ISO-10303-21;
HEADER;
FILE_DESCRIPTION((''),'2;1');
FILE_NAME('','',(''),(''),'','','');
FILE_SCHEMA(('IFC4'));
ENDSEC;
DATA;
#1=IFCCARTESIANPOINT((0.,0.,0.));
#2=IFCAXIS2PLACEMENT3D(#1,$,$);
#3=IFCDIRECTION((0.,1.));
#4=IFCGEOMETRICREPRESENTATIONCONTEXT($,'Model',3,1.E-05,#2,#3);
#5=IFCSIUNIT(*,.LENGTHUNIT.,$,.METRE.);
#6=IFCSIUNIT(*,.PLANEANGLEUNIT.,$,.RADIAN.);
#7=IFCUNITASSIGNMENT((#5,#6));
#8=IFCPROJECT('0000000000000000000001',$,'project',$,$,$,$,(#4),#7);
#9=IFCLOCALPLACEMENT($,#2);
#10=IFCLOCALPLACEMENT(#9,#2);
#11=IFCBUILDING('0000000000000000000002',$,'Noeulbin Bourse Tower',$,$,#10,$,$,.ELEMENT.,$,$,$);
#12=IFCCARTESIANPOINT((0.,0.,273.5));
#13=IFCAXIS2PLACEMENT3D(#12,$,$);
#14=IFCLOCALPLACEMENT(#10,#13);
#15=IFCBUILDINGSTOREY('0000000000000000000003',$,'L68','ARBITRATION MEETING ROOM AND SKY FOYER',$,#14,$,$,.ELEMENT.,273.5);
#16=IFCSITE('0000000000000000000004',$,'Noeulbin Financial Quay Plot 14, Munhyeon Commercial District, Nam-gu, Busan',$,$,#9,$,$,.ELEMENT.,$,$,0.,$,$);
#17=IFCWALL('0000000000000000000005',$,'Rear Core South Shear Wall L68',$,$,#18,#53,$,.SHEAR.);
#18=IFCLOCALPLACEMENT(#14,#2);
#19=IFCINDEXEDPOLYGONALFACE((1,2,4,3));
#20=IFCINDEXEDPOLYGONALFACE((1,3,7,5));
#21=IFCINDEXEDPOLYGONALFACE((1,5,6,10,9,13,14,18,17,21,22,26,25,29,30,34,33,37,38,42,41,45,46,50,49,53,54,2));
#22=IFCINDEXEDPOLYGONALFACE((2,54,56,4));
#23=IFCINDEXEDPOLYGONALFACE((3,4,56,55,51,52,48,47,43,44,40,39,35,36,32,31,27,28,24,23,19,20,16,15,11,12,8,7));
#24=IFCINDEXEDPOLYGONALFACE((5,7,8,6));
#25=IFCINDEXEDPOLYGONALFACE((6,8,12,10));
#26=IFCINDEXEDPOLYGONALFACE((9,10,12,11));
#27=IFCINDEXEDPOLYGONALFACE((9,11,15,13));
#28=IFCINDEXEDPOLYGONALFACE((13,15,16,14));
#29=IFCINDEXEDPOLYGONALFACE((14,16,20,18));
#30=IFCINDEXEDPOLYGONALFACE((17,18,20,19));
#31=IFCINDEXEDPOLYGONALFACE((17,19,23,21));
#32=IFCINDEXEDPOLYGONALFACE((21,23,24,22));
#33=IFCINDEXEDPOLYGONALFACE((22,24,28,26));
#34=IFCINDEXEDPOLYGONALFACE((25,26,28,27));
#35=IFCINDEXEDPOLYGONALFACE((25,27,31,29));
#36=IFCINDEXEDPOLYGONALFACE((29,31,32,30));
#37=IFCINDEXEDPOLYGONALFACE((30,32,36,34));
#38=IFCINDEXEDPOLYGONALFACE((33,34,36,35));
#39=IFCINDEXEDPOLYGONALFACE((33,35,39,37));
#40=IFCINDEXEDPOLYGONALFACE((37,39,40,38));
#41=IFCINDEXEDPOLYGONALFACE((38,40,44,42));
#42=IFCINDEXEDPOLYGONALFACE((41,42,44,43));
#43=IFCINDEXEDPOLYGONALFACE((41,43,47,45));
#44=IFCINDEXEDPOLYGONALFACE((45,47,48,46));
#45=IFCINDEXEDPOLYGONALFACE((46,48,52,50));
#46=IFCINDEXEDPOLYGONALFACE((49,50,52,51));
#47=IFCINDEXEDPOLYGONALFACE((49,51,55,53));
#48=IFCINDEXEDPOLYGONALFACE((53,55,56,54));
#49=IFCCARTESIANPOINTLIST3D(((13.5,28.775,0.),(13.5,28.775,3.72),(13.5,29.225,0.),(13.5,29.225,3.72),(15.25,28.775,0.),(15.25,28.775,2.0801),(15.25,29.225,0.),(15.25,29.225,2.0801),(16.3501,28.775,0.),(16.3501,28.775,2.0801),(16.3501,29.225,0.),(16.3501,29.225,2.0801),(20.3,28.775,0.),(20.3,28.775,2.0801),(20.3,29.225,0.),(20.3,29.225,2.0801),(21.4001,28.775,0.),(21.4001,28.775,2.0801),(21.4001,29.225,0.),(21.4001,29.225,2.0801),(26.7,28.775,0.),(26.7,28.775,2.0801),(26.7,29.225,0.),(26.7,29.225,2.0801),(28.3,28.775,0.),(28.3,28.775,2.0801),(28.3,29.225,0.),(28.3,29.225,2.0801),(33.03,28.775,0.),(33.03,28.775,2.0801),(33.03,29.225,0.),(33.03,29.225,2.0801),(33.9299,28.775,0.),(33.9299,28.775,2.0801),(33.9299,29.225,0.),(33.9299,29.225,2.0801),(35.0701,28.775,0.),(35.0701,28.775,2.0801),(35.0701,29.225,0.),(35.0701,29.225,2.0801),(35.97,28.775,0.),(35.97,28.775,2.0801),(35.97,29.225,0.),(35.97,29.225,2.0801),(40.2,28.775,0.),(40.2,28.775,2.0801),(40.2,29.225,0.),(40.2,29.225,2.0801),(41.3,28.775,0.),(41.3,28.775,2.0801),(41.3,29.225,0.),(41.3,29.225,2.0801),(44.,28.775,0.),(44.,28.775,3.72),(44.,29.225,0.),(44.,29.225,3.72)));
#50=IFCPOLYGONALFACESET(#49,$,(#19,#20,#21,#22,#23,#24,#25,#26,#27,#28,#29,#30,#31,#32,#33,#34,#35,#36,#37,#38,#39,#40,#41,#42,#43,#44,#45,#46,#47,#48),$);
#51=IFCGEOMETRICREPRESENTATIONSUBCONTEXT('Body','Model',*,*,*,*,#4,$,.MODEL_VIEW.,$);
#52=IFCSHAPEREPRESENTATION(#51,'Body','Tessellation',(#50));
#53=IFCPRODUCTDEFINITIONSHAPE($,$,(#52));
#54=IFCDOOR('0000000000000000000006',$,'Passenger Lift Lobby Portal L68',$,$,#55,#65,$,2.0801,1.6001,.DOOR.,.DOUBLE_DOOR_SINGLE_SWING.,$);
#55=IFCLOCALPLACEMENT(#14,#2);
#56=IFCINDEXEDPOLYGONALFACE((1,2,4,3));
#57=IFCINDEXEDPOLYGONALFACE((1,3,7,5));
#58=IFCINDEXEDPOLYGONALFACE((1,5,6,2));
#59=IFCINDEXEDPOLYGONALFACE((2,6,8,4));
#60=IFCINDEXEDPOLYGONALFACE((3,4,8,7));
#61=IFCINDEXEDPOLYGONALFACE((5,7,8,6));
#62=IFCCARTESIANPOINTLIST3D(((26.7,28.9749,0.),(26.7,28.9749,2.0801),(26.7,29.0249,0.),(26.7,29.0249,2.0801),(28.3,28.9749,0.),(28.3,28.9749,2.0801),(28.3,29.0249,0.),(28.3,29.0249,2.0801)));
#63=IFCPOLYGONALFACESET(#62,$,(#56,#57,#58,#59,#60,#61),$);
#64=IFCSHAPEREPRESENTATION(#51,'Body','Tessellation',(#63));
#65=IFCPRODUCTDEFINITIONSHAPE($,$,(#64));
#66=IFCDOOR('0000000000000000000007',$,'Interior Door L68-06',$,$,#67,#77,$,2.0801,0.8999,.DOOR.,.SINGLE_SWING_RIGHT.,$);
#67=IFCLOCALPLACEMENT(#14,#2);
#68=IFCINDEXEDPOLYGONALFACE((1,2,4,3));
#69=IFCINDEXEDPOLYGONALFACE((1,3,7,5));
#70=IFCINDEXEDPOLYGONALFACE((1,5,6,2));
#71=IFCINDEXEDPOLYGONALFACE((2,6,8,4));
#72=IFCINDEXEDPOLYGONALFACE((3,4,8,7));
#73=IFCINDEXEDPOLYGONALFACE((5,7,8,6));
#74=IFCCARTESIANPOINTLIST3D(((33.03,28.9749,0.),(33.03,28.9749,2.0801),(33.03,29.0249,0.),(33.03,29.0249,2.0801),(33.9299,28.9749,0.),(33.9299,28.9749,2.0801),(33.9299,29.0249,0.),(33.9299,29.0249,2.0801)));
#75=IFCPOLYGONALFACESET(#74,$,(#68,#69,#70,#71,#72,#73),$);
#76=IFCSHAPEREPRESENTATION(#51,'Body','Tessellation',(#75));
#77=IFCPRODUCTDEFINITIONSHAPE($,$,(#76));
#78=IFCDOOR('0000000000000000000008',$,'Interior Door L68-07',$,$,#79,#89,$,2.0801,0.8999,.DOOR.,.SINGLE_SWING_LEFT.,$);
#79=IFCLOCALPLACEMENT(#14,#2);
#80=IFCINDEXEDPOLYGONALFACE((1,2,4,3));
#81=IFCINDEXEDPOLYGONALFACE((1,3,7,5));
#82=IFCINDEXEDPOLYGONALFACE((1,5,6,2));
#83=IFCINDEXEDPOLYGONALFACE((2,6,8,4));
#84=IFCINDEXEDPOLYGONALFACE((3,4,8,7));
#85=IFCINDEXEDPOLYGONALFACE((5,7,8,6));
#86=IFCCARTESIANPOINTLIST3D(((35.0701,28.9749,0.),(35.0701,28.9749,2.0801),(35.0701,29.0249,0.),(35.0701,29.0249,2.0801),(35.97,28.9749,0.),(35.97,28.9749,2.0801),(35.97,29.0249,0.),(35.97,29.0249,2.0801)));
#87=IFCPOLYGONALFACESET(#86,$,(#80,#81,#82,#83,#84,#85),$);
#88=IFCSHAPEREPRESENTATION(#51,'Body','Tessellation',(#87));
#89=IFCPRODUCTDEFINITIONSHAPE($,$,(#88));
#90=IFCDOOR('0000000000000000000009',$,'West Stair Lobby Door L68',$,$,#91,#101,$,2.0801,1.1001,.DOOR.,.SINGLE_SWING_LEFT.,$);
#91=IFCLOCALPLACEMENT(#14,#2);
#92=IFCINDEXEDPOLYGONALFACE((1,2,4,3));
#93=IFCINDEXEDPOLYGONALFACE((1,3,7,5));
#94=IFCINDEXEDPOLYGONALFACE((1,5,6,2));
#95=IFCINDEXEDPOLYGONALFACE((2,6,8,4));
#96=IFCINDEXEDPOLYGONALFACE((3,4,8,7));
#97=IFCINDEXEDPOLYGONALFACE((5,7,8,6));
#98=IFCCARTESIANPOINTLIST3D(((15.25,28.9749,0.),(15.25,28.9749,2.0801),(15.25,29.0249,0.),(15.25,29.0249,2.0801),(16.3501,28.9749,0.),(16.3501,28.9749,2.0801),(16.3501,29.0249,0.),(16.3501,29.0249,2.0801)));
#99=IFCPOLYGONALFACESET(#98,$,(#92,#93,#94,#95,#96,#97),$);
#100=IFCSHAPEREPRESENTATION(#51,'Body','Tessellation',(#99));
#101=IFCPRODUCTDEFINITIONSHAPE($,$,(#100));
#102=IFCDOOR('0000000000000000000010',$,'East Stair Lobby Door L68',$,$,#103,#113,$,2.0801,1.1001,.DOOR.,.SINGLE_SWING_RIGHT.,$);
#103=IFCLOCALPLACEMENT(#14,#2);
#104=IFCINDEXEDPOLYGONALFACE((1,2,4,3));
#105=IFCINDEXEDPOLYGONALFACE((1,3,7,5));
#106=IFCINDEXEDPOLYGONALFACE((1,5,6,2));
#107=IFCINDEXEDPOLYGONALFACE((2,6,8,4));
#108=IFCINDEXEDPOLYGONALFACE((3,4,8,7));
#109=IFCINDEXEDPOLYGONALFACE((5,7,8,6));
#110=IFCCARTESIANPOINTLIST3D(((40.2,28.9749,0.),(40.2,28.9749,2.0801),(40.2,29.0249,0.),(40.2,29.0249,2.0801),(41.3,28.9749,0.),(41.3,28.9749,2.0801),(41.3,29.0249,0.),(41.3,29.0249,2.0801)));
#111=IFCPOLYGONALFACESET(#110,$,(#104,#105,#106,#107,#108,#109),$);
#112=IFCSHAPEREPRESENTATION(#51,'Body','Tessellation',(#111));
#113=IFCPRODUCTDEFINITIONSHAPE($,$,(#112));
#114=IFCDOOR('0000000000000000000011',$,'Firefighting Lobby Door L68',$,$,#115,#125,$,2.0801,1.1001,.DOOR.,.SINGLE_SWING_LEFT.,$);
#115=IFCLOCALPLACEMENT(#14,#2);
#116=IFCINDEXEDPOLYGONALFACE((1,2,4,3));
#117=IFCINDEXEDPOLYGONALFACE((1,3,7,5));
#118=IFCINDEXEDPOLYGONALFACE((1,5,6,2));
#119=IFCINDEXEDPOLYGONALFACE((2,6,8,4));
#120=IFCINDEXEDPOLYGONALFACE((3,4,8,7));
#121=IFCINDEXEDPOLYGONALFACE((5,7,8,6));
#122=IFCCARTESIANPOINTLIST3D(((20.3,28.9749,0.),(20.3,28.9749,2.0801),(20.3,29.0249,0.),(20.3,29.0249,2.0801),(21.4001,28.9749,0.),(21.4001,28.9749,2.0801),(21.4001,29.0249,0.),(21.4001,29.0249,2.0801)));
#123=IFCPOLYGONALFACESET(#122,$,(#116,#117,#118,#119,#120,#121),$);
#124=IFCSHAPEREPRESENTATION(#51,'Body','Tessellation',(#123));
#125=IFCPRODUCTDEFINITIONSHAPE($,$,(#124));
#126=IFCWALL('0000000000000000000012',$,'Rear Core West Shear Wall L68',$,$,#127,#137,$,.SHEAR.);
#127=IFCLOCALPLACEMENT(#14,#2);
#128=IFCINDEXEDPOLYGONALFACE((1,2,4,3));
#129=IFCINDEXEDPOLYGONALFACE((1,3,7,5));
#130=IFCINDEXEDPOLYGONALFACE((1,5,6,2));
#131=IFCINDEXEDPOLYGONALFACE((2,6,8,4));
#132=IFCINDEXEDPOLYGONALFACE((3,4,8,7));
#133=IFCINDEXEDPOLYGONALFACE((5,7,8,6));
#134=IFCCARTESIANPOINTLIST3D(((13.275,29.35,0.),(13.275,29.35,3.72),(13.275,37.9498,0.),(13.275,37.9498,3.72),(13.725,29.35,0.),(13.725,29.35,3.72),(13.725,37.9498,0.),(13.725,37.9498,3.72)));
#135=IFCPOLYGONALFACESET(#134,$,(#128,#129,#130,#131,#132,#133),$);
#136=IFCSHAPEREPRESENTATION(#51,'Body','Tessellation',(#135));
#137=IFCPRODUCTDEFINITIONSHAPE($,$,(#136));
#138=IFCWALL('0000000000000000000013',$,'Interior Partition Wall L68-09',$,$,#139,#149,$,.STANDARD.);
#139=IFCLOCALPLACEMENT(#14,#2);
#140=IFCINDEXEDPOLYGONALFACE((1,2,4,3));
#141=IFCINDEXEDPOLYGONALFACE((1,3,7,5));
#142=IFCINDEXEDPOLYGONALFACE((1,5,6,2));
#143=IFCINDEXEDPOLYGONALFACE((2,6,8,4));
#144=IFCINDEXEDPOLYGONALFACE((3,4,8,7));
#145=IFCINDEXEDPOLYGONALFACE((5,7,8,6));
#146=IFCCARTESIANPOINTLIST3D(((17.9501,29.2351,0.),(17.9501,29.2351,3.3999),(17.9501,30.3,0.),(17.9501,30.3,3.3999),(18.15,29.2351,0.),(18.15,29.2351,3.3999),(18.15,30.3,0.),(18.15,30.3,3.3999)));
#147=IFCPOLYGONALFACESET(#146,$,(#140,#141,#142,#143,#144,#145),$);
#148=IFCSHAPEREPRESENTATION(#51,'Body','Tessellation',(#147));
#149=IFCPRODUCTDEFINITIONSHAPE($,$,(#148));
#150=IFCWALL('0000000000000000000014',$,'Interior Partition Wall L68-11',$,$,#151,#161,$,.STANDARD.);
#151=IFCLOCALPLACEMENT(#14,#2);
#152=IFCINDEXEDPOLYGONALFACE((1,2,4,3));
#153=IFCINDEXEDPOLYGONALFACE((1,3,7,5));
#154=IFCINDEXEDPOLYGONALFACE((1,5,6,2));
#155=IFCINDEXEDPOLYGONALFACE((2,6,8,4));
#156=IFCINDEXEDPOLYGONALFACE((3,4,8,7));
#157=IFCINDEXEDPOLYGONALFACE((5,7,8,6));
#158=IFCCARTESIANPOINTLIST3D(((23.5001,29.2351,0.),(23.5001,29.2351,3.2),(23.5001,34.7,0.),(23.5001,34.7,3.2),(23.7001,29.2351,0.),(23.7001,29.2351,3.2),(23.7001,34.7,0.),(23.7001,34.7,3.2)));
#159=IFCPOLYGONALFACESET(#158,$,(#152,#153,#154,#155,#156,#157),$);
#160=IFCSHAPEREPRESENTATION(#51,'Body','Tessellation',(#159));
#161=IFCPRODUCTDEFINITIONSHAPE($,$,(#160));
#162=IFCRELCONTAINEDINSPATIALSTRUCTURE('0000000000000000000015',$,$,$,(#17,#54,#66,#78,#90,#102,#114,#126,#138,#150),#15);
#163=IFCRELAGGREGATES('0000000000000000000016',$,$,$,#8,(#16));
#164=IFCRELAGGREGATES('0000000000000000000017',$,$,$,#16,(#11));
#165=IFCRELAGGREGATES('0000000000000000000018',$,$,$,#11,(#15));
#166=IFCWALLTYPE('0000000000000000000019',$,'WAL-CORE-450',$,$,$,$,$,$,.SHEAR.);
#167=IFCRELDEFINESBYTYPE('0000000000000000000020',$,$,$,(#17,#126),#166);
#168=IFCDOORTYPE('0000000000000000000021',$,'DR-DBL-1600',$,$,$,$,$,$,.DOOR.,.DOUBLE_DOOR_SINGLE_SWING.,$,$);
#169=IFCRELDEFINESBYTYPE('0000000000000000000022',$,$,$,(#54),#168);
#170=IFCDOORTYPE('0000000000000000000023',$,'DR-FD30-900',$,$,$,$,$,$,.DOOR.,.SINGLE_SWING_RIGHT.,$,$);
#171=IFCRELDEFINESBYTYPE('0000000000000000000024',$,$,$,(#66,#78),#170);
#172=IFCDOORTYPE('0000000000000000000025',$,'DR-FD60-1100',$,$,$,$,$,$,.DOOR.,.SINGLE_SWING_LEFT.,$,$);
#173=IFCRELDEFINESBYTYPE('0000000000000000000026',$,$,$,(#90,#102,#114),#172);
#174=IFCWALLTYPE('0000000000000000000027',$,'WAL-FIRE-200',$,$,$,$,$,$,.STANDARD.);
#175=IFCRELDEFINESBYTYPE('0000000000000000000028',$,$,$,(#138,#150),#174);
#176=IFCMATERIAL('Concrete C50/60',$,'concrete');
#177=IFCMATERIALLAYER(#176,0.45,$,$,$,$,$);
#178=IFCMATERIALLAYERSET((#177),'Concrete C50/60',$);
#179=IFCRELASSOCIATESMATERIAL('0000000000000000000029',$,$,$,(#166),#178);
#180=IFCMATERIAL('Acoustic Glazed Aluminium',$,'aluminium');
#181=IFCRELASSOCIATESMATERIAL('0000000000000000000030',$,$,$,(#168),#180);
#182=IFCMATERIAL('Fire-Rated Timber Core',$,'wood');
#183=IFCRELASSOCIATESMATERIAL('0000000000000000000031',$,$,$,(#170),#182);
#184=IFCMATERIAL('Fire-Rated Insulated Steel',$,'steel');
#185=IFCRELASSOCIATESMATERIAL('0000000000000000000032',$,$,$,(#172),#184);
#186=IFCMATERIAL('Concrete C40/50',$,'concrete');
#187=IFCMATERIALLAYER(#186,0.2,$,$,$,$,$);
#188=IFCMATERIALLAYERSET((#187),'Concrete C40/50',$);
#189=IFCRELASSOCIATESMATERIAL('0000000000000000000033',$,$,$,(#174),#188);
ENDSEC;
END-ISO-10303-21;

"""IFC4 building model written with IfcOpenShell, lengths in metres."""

from ifc_helpers import new_model, si_unit, direction, frame, frame_2d, origin, place, context, subcontext, project, spatial, rectangle, extrude, material, layer, layer_set, type_object, element, fill, save


model = new_model("IFC4")

# Units and contexts
model_context = context("Model", 3, precision=1e-05, world=origin(), true_north=direction((0.0, 1.0)))
body_context = subcontext(model_context, "Body", "Model", "MODEL_VIEW")
ifc_project = project(units=[si_unit("LENGTHUNIT", "METRE"), si_unit("PLANEANGLEUNIT", "RADIAN")], contexts=[model_context])

# Site, building, storey
site_placement = place(None, origin())
site = spatial("IfcSite", under=ifc_project, at=site_placement, Name="Noeulbin Financial Quay Plot 14, Munhyeon Commercial District, Nam-gu, Busan", CompositionType="ELEMENT", RefElevation=0.0)
building_placement = place(site_placement, origin())
building = spatial("IfcBuilding", under=site, at=building_placement, Name="Noeulbin Bourse Tower", CompositionType="ELEMENT")
storey_placement = place(building_placement, frame((0.0, 0.0, 273.5)))
storey = spatial("IfcBuildingStorey", under=building, at=storey_placement, Name="L68", Description="ARBITRATION MEETING ROOM AND SKY FOYER", CompositionType="ELEMENT", Elevation=273.5)

# Wall, openings, doors
ifc_material_1 = material(Name="Concrete C50/60", Category="concrete")
ifc_layer_1 = layer(ifc_material_1, 0.45)
ifc_layer_set_1 = layer_set([ifc_layer_1], Name="Concrete C50/60")
wall_type_1 = type_object("IfcWallType", Name="WAL-CORE-450", PredefinedType="SHEAR", material=ifc_layer_set_1)
wall_1_placement = place(storey_placement, frame((13.5, 29.0, 0.0), z_axis=(0.0, 0.0, 1.0), x_axis=(1.0, 0.0, 0.0)))
wall_1 = element("IfcWall", 1, at=wall_1_placement, inside=storey, type_object=wall_type_1, Name="Rear Core South Shear Wall L68", PredefinedType="SHEAR", context=body_context, shape_type="SweptSolid", body=[
    extrude(rectangle(XDim=30.5, YDim=0.45, at=frame_2d((15.25, 0.0))), origin(), (0.0, 0.0, 1.0), 3.72),
])
opening_1_placement = place(wall_1_placement, frame((1.75, 0.0, 0.0)))
opening_1 = element("IfcOpeningElement", 2, at=opening_1_placement, cuts=wall_1, PredefinedType="OPENING", context=body_context, shape_type="SweptSolid", body=[
    extrude(rectangle(XDim=1.1001, YDim=2.0801, at=frame_2d((0.55, 1.04))), frame((0.0, 0.2349, 0.0), z_axis=(0.0, -1.0, 0.0), x_axis=(1.0, 0.0, 0.0)), (0.0, 0.0, 1.0), 0.47),
])
opening_2_placement = place(wall_1_placement, frame((26.7, 0.0, 0.0)))
opening_2 = element("IfcOpeningElement", 3, at=opening_2_placement, cuts=wall_1, PredefinedType="OPENING", context=body_context, shape_type="SweptSolid", body=[
    extrude(rectangle(XDim=1.1001, YDim=2.0801, at=frame_2d((0.55, 1.04))), frame((0.0, 0.2349, 0.0), z_axis=(0.0, -1.0, 0.0), x_axis=(1.0, 0.0, 0.0)), (0.0, 0.0, 1.0), 0.47),
])
opening_3_placement = place(wall_1_placement, frame((6.8, 0.0, 0.0)))
opening_3 = element("IfcOpeningElement", 4, at=opening_3_placement, cuts=wall_1, PredefinedType="OPENING", context=body_context, shape_type="SweptSolid", body=[
    extrude(rectangle(XDim=1.1001, YDim=2.0801, at=frame_2d((0.55, 1.04))), frame((0.0, 0.2349, 0.0), z_axis=(0.0, -1.0, 0.0), x_axis=(1.0, 0.0, 0.0)), (0.0, 0.0, 1.0), 0.47),
])
opening_4_placement = place(wall_1_placement, frame((13.2, 0.0, 0.0)))
opening_4 = element("IfcOpeningElement", 5, at=opening_4_placement, cuts=wall_1, PredefinedType="OPENING", context=body_context, shape_type="SweptSolid", body=[
    extrude(rectangle(XDim=1.6001, YDim=2.0801, at=frame_2d((0.8, 1.04))), frame((0.0, 0.2349, 0.0), z_axis=(0.0, -1.0, 0.0), x_axis=(1.0, 0.0, 0.0)), (0.0, 0.0, 1.0), 0.47),
])
opening_5_placement = place(wall_1_placement, frame((19.53, 0.0, 0.0)))
opening_5 = element("IfcOpeningElement", 6, at=opening_5_placement, cuts=wall_1, PredefinedType="OPENING", context=body_context, shape_type="SweptSolid", body=[
    extrude(rectangle(XDim=0.8999, YDim=2.0801, at=frame_2d((0.45, 1.04))), frame((0.0, 0.2349, 0.0), z_axis=(0.0, -1.0, 0.0), x_axis=(1.0, 0.0, 0.0)), (0.0, 0.0, 1.0), 0.47),
])
opening_6_placement = place(wall_1_placement, frame((21.5701, 0.0, 0.0)))
opening_6 = element("IfcOpeningElement", 7, at=opening_6_placement, cuts=wall_1, PredefinedType="OPENING", context=body_context, shape_type="SweptSolid", body=[
    extrude(rectangle(XDim=0.8999, YDim=2.0801, at=frame_2d((0.45, 1.04))), frame((0.0, 0.2349, 0.0), z_axis=(0.0, -1.0, 0.0), x_axis=(1.0, 0.0, 0.0)), (0.0, 0.0, 1.0), 0.47),
])
ifc_material_2 = material(Name="Acoustic Glazed Aluminium", Category="aluminium")
door_type_1 = type_object("IfcDoorType", Name="DR-DBL-1600", OperationType="DOUBLE_DOOR_SINGLE_SWING", PredefinedType="DOOR", material=ifc_material_2)
door_1_placement = place(opening_4_placement, origin())
door_1 = element("IfcDoor", 8, at=door_1_placement, inside=storey, type_object=door_type_1, Name="Passenger Lift Lobby Portal L68", OperationType="DOUBLE_DOOR_SINGLE_SWING", OverallHeight=2.0801, OverallWidth=1.6001, PredefinedType="DOOR", context=body_context, shape_type="SweptSolid", body=[
    extrude(rectangle(XDim=1.6001, YDim=2.0801, at=frame_2d((0.8, 1.04))), frame((0.0, 0.0249, 0.0), z_axis=(0.0, -1.0, 0.0), x_axis=(1.0, 0.0, 0.0)), (0.0, 0.0, 1.0), 0.05),
])
fill(opening_4, door_1)
ifc_material_3 = material(Name="Fire-Rated Timber Core", Category="wood")
door_type_2 = type_object("IfcDoorType", Name="DR-FD30-900", OperationType="SINGLE_SWING_RIGHT", PredefinedType="DOOR", material=ifc_material_3)
door_2_placement = place(opening_5_placement, origin())
door_2 = element("IfcDoor", 9, at=door_2_placement, inside=storey, type_object=door_type_2, Name="Interior Door L68-06", OperationType="SINGLE_SWING_RIGHT", OverallHeight=2.0801, OverallWidth=0.8999, PredefinedType="DOOR", context=body_context, shape_type="SweptSolid", body=[
    extrude(rectangle(XDim=0.8999, YDim=2.0801, at=frame_2d((0.45, 1.04))), frame((0.0, 0.0249, 0.0), z_axis=(0.0, -1.0, 0.0), x_axis=(1.0, 0.0, 0.0)), (0.0, 0.0, 1.0), 0.05),
])
fill(opening_5, door_2)
door_3_placement = place(opening_6_placement, origin())
door_3 = element("IfcDoor", 10, at=door_3_placement, inside=storey, type_object=door_type_2, Name="Interior Door L68-07", OperationType="SINGLE_SWING_LEFT", OverallHeight=2.0801, OverallWidth=0.8999, PredefinedType="DOOR", context=body_context, shape_type="SweptSolid", body=[
    extrude(rectangle(XDim=0.8999, YDim=2.0801, at=frame_2d((0.45, 1.04))), frame((0.0, 0.0249, 0.0), z_axis=(0.0, -1.0, 0.0), x_axis=(1.0, 0.0, 0.0)), (0.0, 0.0, 1.0), 0.05),
])
fill(opening_6, door_3)
ifc_material_4 = material(Name="Fire-Rated Insulated Steel", Category="steel")
door_type_3 = type_object("IfcDoorType", Name="DR-FD60-1100", OperationType="SINGLE_SWING_LEFT", PredefinedType="DOOR", material=ifc_material_4)
door_4_placement = place(opening_1_placement, origin())
door_4 = element("IfcDoor", 11, at=door_4_placement, inside=storey, type_object=door_type_3, Name="West Stair Lobby Door L68", OperationType="SINGLE_SWING_LEFT", OverallHeight=2.0801, OverallWidth=1.1001, PredefinedType="DOOR", context=body_context, shape_type="SweptSolid", body=[
    extrude(rectangle(XDim=1.1001, YDim=2.0801, at=frame_2d((0.55, 1.04))), frame((0.0, 0.0249, 0.0), z_axis=(0.0, -1.0, 0.0), x_axis=(1.0, 0.0, 0.0)), (0.0, 0.0, 1.0), 0.05),
])
fill(opening_1, door_4)
door_5_placement = place(opening_2_placement, origin())
door_5 = element("IfcDoor", 12, at=door_5_placement, inside=storey, type_object=door_type_3, Name="East Stair Lobby Door L68", OperationType="SINGLE_SWING_RIGHT", OverallHeight=2.0801, OverallWidth=1.1001, PredefinedType="DOOR", context=body_context, shape_type="SweptSolid", body=[
    extrude(rectangle(XDim=1.1001, YDim=2.0801, at=frame_2d((0.55, 1.04))), frame((0.0, 0.0249, 0.0), z_axis=(0.0, -1.0, 0.0), x_axis=(1.0, 0.0, 0.0)), (0.0, 0.0, 1.0), 0.05),
])
fill(opening_2, door_5)
door_6_placement = place(opening_3_placement, origin())
door_6 = element("IfcDoor", 13, at=door_6_placement, inside=storey, type_object=door_type_3, Name="Firefighting Lobby Door L68", OperationType="SINGLE_SWING_LEFT", OverallHeight=2.0801, OverallWidth=1.1001, PredefinedType="DOOR", context=body_context, shape_type="SweptSolid", body=[
    extrude(rectangle(XDim=1.1001, YDim=2.0801, at=frame_2d((0.55, 1.04))), frame((0.0, 0.0249, 0.0), z_axis=(0.0, -1.0, 0.0), x_axis=(1.0, 0.0, 0.0)), (0.0, 0.0, 1.0), 0.05),
])
fill(opening_3, door_6)

# Walls
wall_2_placement = place(storey_placement, frame((13.5, 29.3501, 0.0), z_axis=(0.0, 0.0, 1.0), x_axis=(0.0, 1.0, 0.0)))
element("IfcWall", 14, at=wall_2_placement, inside=storey, type_object=wall_type_1, Name="Rear Core West Shear Wall L68", PredefinedType="SHEAR", context=body_context, shape_type="SweptSolid", body=[
    extrude(rectangle(XDim=8.5999, YDim=0.45, at=frame_2d((4.2998, 0.0))), origin(), (0.0, 0.0, 1.0), 3.72),
])
ifc_material_5 = material(Name="Concrete C40/50", Category="concrete")
ifc_layer_2 = layer(ifc_material_5, 0.2)
ifc_layer_set_2 = layer_set([ifc_layer_2], Name="Concrete C40/50")
wall_type_2 = type_object("IfcWallType", Name="WAL-FIRE-200", PredefinedType="STANDARD", material=ifc_layer_set_2)
wall_3_placement = place(storey_placement, frame((18.05, 29.2351, 0.0), z_axis=(0.0, 0.0, 1.0), x_axis=(0.0, 1.0, 0.0)))
element("IfcWall", 15, at=wall_3_placement, inside=storey, type_object=wall_type_2, Name="Interior Partition Wall L68-09", PredefinedType="STANDARD", context=body_context, shape_type="SweptSolid", body=[
    extrude(rectangle(XDim=1.0649, YDim=0.2, at=frame_2d((0.5325, 0.0))), origin(), (0.0, 0.0, 1.0), 3.3999),
])
wall_4_placement = place(storey_placement, frame((23.6001, 29.2351, 0.0), z_axis=(0.0, 0.0, 1.0), x_axis=(0.0, 1.0, 0.0)))
element("IfcWall", 16, at=wall_4_placement, inside=storey, type_object=wall_type_2, Name="Interior Partition Wall L68-11", PredefinedType="STANDARD", context=body_context, shape_type="SweptSolid", body=[
    extrude(rectangle(XDim=5.4648, YDim=0.2, at=frame_2d((2.7324, 0.0))), origin(), (0.0, 0.0, 1.0), 3.2),
])

save(model, "model.ifc")
